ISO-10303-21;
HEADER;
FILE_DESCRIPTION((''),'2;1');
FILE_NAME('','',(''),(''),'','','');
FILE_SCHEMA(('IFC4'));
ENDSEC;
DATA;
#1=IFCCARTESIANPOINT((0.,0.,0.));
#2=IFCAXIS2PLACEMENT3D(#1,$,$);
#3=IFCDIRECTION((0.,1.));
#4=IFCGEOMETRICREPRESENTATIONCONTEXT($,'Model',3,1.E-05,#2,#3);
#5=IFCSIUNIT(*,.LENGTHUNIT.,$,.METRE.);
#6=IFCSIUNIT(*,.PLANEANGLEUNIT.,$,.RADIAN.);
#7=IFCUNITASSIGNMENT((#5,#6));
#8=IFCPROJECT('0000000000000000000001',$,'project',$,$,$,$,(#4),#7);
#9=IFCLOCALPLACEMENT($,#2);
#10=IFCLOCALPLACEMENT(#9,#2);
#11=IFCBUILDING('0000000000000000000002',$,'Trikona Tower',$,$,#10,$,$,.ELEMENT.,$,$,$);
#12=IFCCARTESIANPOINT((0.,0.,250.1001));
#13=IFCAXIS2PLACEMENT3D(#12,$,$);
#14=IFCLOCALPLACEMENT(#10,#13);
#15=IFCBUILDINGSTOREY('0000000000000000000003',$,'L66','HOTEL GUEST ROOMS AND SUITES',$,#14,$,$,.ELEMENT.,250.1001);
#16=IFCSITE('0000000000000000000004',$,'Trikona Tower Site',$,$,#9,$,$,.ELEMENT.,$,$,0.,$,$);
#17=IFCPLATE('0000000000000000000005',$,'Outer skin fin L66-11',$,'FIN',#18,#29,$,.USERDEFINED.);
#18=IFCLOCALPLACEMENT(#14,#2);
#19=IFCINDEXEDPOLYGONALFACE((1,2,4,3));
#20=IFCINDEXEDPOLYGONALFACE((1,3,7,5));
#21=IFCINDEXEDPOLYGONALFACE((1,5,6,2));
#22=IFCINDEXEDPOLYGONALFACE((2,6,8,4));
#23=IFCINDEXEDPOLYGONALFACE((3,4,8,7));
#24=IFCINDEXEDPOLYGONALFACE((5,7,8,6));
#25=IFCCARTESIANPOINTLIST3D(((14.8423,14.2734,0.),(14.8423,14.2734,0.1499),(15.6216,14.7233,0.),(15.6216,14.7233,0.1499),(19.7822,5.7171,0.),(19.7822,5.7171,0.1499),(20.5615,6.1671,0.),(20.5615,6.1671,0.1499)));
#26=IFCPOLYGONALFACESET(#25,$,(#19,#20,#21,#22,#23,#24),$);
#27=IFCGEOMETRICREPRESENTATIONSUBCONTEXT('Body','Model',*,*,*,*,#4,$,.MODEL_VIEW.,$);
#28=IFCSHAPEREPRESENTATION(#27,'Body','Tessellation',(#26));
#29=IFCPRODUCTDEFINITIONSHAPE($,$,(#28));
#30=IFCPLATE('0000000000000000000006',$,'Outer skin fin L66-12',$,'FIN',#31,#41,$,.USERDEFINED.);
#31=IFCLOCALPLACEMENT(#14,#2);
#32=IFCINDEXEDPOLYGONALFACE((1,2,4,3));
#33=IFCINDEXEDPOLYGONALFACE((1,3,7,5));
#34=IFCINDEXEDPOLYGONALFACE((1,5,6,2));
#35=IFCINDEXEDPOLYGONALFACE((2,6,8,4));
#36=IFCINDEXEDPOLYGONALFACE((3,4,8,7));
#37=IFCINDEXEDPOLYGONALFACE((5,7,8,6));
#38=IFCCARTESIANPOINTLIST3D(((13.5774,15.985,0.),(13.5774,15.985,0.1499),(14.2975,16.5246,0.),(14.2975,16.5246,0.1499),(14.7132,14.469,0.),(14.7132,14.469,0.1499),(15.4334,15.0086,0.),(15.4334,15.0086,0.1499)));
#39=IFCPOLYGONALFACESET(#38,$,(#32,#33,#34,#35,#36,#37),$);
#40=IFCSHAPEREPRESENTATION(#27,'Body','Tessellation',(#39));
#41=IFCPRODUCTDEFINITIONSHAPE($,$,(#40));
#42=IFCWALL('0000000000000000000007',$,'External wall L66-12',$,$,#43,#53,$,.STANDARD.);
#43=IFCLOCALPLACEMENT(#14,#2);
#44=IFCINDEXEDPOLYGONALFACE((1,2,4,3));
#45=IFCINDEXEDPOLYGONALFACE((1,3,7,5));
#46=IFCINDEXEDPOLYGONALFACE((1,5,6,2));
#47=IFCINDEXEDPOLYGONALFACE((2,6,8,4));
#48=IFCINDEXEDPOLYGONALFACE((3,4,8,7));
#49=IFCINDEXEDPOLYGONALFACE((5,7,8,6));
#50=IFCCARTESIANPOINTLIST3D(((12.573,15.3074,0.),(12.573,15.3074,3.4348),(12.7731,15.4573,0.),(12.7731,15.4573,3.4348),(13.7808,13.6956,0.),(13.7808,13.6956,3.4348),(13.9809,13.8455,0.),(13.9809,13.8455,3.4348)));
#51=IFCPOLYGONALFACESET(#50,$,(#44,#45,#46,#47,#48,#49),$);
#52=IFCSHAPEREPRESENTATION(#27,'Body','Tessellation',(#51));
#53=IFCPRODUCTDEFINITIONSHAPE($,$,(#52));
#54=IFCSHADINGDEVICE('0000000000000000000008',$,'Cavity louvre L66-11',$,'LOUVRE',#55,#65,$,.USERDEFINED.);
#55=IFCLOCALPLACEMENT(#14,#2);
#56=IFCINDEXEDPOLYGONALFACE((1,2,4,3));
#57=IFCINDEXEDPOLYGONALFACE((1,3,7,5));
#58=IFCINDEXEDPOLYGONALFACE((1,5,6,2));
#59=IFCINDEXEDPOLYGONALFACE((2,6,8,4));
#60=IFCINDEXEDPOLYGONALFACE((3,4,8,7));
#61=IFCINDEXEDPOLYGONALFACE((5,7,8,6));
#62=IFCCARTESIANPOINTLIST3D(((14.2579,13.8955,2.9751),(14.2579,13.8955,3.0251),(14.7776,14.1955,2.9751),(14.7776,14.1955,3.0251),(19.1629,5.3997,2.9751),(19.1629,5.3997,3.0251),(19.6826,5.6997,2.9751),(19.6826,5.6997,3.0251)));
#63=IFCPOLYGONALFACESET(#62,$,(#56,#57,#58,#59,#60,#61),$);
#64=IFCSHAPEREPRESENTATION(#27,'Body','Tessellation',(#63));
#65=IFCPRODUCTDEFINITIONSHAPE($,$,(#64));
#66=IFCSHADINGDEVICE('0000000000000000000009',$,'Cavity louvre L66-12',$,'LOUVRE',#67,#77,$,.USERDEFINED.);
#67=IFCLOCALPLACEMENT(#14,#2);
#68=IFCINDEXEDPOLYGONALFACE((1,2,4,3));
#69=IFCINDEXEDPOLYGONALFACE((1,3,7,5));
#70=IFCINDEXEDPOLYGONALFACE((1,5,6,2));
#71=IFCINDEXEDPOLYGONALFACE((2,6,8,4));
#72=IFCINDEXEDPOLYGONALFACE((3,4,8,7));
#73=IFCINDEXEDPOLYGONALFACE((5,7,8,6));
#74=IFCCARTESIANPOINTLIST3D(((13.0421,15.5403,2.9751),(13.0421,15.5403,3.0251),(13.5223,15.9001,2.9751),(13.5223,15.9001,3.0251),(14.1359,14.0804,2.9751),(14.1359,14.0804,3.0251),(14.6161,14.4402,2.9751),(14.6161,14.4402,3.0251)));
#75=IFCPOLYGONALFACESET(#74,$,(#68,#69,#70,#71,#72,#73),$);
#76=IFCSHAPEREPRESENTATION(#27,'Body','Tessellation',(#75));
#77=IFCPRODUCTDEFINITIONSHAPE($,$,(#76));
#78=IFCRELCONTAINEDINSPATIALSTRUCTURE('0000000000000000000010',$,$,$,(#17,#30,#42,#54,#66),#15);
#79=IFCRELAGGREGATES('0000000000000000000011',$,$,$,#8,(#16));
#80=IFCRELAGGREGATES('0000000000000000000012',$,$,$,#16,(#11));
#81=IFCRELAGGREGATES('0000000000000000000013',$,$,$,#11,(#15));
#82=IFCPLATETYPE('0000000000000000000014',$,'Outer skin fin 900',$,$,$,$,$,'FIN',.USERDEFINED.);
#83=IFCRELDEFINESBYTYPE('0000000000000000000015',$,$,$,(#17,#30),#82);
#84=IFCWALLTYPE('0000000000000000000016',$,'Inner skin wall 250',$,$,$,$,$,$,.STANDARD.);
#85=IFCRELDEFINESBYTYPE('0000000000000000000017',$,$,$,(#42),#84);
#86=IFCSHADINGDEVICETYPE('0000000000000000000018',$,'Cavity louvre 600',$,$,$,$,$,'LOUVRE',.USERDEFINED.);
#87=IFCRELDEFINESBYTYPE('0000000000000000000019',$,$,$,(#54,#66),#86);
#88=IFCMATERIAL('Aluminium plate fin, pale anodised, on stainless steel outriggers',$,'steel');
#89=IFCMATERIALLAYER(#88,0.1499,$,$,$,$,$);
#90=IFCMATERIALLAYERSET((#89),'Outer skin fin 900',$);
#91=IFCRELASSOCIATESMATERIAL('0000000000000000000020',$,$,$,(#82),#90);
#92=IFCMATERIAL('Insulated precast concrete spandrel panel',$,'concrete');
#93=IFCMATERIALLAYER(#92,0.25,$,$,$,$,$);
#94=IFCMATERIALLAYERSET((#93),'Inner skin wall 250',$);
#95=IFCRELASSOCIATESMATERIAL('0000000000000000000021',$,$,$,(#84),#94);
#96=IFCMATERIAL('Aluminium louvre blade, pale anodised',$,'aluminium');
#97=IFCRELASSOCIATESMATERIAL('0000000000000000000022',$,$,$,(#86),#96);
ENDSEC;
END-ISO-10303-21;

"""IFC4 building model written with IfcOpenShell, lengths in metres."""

from ifc_helpers import new_model, si_unit, direction, frame, frame_2d, origin, origin_2d, place, context, subcontext, project, spatial, rectangle, extrude, material, layer, layer_set, type_object, element, save


model = new_model("IFC4")

# Units and contexts
model_context = context("Model", 3, precision=1e-05, world=origin(), true_north=direction((0.0, 1.0)))
body_context = subcontext(model_context, "Body", "Model", "MODEL_VIEW")
ifc_project = project(units=[si_unit("LENGTHUNIT", "METRE"), si_unit("PLANEANGLEUNIT", "RADIAN")], contexts=[model_context])

# Site, building, storey
site_placement = place(None, origin())
site = spatial("IfcSite", under=ifc_project, at=site_placement, Name="Trikona Tower Site", CompositionType="ELEMENT", RefElevation=0.0)
building_placement = place(site_placement, origin())
building = spatial("IfcBuilding", under=site, at=building_placement, Name="Trikona Tower", CompositionType="ELEMENT")
storey_placement = place(building_placement, frame((0.0, 0.0, 250.1001)))
storey = spatial("IfcBuildingStorey", under=building, at=storey_placement, Name="L66", Description="HOTEL GUEST ROOMS AND SUITES", CompositionType="ELEMENT", Elevation=250.1001)

# Plates
ifc_material_1 = material(Name="Aluminium plate fin, pale anodised, on stainless steel outriggers", Category="steel")
ifc_layer_1 = layer(ifc_material_1, 0.1499)
ifc_layer_set_1 = layer_set([ifc_layer_1], Name="Outer skin fin 900")
plate_type_1 = type_object("IfcPlateType", Name="Outer skin fin 900", ElementType="FIN", PredefinedType="USERDEFINED", material=ifc_layer_set_1)
plate_1_placement = place(storey_placement, frame((17.7019, 10.2202, 0.0), z_axis=(0.0, 0.0, 1.0), x_axis=(-0.499998, 0.866026, 0.0)))
element("IfcPlate", 1, at=plate_1_placement, inside=storey, type_object=plate_type_1, Name="Outer skin fin L66-11", ObjectType="FIN", PredefinedType="USERDEFINED", context=body_context, shape_type="SweptSolid", body=[
    extrude(rectangle(XDim=9.8799, YDim=0.8999, at=origin_2d()), origin(), (0.0, 0.0, 1.0), 0.1499),
])
plate_2_placement = place(storey_placement, frame((14.5054, 15.4968, 0.0), z_axis=(0.0, 0.0, 1.0), x_axis=(-0.599619, 0.800286, 0.0)))
element("IfcPlate", 2, at=plate_2_placement, inside=storey, type_object=plate_type_1, Name="Outer skin fin L66-12", ObjectType="FIN", PredefinedType="USERDEFINED", context=body_context, shape_type="SweptSolid", body=[
    extrude(rectangle(XDim=1.8943, YDim=0.8999, at=origin_2d()), origin(), (0.0, 0.0, 1.0), 0.1499),
])

# Wall
ifc_material_2 = material(Name="Insulated precast concrete spandrel panel", Category="concrete")
ifc_layer_2 = layer(ifc_material_2, 0.25)
ifc_layer_set_2 = layer_set([ifc_layer_2], Name="Inner skin wall 250")
wall_type = type_object("IfcWallType", Name="Inner skin wall 250", PredefinedType="STANDARD", material=ifc_layer_set_2)
wall_placement = place(storey_placement, frame((13.8809, 13.7705, 0.0), z_axis=(0.0, 0.0, 1.0), x_axis=(-0.599651, 0.800262, 0.0)))
element("IfcWall", 3, at=wall_placement, inside=storey, type_object=wall_type, Name="External wall L66-12", PredefinedType="STANDARD", context=body_context, shape_type="SweptSolid", body=[
    extrude(rectangle(XDim=2.0142, YDim=0.25, at=frame_2d((1.0071, 0.0))), origin(), (0.0, 0.0, 1.0), 3.4348),
])

# Shading devices
ifc_material_3 = material(Name="Aluminium louvre blade, pale anodised", Category="aluminium")
shading_device_type = type_object("IfcShadingDeviceType", Name="Cavity louvre 600", ElementType="LOUVRE", PredefinedType="USERDEFINED", material=ifc_material_3)
shading_device_1_placement = place(storey_placement, frame((16.9702, 9.7976, 2.9751), z_axis=(0.0, 0.0, 1.0), x_axis=(-0.499998, 0.866026, 0.0)))
element("IfcShadingDevice", 4, at=shading_device_1_placement, inside=storey, type_object=shading_device_type, Name="Cavity louvre L66-11", ObjectType="LOUVRE", PredefinedType="USERDEFINED", context=body_context, shape_type="SweptSolid", body=[
    extrude(rectangle(XDim=9.8101, YDim=0.6001, at=origin_2d()), origin(), (0.0, 0.0, 1.0), 0.05),
])
shading_device_2_placement = place(storey_placement, frame((13.8291, 14.9902, 2.9751), z_axis=(0.0, 0.0, 1.0), x_axis=(-0.599619, 0.800286, 0.0)))
element("IfcShadingDevice", 5, at=shading_device_2_placement, inside=storey, type_object=shading_device_type, Name="Cavity louvre L66-12", ObjectType="LOUVRE", PredefinedType="USERDEFINED", context=body_context, shape_type="SweptSolid", body=[
    extrude(rectangle(XDim=1.8242, YDim=0.6001, at=origin_2d()), origin(), (0.0, 0.0, 1.0), 0.05),
])

save(model, "model.ifc")
